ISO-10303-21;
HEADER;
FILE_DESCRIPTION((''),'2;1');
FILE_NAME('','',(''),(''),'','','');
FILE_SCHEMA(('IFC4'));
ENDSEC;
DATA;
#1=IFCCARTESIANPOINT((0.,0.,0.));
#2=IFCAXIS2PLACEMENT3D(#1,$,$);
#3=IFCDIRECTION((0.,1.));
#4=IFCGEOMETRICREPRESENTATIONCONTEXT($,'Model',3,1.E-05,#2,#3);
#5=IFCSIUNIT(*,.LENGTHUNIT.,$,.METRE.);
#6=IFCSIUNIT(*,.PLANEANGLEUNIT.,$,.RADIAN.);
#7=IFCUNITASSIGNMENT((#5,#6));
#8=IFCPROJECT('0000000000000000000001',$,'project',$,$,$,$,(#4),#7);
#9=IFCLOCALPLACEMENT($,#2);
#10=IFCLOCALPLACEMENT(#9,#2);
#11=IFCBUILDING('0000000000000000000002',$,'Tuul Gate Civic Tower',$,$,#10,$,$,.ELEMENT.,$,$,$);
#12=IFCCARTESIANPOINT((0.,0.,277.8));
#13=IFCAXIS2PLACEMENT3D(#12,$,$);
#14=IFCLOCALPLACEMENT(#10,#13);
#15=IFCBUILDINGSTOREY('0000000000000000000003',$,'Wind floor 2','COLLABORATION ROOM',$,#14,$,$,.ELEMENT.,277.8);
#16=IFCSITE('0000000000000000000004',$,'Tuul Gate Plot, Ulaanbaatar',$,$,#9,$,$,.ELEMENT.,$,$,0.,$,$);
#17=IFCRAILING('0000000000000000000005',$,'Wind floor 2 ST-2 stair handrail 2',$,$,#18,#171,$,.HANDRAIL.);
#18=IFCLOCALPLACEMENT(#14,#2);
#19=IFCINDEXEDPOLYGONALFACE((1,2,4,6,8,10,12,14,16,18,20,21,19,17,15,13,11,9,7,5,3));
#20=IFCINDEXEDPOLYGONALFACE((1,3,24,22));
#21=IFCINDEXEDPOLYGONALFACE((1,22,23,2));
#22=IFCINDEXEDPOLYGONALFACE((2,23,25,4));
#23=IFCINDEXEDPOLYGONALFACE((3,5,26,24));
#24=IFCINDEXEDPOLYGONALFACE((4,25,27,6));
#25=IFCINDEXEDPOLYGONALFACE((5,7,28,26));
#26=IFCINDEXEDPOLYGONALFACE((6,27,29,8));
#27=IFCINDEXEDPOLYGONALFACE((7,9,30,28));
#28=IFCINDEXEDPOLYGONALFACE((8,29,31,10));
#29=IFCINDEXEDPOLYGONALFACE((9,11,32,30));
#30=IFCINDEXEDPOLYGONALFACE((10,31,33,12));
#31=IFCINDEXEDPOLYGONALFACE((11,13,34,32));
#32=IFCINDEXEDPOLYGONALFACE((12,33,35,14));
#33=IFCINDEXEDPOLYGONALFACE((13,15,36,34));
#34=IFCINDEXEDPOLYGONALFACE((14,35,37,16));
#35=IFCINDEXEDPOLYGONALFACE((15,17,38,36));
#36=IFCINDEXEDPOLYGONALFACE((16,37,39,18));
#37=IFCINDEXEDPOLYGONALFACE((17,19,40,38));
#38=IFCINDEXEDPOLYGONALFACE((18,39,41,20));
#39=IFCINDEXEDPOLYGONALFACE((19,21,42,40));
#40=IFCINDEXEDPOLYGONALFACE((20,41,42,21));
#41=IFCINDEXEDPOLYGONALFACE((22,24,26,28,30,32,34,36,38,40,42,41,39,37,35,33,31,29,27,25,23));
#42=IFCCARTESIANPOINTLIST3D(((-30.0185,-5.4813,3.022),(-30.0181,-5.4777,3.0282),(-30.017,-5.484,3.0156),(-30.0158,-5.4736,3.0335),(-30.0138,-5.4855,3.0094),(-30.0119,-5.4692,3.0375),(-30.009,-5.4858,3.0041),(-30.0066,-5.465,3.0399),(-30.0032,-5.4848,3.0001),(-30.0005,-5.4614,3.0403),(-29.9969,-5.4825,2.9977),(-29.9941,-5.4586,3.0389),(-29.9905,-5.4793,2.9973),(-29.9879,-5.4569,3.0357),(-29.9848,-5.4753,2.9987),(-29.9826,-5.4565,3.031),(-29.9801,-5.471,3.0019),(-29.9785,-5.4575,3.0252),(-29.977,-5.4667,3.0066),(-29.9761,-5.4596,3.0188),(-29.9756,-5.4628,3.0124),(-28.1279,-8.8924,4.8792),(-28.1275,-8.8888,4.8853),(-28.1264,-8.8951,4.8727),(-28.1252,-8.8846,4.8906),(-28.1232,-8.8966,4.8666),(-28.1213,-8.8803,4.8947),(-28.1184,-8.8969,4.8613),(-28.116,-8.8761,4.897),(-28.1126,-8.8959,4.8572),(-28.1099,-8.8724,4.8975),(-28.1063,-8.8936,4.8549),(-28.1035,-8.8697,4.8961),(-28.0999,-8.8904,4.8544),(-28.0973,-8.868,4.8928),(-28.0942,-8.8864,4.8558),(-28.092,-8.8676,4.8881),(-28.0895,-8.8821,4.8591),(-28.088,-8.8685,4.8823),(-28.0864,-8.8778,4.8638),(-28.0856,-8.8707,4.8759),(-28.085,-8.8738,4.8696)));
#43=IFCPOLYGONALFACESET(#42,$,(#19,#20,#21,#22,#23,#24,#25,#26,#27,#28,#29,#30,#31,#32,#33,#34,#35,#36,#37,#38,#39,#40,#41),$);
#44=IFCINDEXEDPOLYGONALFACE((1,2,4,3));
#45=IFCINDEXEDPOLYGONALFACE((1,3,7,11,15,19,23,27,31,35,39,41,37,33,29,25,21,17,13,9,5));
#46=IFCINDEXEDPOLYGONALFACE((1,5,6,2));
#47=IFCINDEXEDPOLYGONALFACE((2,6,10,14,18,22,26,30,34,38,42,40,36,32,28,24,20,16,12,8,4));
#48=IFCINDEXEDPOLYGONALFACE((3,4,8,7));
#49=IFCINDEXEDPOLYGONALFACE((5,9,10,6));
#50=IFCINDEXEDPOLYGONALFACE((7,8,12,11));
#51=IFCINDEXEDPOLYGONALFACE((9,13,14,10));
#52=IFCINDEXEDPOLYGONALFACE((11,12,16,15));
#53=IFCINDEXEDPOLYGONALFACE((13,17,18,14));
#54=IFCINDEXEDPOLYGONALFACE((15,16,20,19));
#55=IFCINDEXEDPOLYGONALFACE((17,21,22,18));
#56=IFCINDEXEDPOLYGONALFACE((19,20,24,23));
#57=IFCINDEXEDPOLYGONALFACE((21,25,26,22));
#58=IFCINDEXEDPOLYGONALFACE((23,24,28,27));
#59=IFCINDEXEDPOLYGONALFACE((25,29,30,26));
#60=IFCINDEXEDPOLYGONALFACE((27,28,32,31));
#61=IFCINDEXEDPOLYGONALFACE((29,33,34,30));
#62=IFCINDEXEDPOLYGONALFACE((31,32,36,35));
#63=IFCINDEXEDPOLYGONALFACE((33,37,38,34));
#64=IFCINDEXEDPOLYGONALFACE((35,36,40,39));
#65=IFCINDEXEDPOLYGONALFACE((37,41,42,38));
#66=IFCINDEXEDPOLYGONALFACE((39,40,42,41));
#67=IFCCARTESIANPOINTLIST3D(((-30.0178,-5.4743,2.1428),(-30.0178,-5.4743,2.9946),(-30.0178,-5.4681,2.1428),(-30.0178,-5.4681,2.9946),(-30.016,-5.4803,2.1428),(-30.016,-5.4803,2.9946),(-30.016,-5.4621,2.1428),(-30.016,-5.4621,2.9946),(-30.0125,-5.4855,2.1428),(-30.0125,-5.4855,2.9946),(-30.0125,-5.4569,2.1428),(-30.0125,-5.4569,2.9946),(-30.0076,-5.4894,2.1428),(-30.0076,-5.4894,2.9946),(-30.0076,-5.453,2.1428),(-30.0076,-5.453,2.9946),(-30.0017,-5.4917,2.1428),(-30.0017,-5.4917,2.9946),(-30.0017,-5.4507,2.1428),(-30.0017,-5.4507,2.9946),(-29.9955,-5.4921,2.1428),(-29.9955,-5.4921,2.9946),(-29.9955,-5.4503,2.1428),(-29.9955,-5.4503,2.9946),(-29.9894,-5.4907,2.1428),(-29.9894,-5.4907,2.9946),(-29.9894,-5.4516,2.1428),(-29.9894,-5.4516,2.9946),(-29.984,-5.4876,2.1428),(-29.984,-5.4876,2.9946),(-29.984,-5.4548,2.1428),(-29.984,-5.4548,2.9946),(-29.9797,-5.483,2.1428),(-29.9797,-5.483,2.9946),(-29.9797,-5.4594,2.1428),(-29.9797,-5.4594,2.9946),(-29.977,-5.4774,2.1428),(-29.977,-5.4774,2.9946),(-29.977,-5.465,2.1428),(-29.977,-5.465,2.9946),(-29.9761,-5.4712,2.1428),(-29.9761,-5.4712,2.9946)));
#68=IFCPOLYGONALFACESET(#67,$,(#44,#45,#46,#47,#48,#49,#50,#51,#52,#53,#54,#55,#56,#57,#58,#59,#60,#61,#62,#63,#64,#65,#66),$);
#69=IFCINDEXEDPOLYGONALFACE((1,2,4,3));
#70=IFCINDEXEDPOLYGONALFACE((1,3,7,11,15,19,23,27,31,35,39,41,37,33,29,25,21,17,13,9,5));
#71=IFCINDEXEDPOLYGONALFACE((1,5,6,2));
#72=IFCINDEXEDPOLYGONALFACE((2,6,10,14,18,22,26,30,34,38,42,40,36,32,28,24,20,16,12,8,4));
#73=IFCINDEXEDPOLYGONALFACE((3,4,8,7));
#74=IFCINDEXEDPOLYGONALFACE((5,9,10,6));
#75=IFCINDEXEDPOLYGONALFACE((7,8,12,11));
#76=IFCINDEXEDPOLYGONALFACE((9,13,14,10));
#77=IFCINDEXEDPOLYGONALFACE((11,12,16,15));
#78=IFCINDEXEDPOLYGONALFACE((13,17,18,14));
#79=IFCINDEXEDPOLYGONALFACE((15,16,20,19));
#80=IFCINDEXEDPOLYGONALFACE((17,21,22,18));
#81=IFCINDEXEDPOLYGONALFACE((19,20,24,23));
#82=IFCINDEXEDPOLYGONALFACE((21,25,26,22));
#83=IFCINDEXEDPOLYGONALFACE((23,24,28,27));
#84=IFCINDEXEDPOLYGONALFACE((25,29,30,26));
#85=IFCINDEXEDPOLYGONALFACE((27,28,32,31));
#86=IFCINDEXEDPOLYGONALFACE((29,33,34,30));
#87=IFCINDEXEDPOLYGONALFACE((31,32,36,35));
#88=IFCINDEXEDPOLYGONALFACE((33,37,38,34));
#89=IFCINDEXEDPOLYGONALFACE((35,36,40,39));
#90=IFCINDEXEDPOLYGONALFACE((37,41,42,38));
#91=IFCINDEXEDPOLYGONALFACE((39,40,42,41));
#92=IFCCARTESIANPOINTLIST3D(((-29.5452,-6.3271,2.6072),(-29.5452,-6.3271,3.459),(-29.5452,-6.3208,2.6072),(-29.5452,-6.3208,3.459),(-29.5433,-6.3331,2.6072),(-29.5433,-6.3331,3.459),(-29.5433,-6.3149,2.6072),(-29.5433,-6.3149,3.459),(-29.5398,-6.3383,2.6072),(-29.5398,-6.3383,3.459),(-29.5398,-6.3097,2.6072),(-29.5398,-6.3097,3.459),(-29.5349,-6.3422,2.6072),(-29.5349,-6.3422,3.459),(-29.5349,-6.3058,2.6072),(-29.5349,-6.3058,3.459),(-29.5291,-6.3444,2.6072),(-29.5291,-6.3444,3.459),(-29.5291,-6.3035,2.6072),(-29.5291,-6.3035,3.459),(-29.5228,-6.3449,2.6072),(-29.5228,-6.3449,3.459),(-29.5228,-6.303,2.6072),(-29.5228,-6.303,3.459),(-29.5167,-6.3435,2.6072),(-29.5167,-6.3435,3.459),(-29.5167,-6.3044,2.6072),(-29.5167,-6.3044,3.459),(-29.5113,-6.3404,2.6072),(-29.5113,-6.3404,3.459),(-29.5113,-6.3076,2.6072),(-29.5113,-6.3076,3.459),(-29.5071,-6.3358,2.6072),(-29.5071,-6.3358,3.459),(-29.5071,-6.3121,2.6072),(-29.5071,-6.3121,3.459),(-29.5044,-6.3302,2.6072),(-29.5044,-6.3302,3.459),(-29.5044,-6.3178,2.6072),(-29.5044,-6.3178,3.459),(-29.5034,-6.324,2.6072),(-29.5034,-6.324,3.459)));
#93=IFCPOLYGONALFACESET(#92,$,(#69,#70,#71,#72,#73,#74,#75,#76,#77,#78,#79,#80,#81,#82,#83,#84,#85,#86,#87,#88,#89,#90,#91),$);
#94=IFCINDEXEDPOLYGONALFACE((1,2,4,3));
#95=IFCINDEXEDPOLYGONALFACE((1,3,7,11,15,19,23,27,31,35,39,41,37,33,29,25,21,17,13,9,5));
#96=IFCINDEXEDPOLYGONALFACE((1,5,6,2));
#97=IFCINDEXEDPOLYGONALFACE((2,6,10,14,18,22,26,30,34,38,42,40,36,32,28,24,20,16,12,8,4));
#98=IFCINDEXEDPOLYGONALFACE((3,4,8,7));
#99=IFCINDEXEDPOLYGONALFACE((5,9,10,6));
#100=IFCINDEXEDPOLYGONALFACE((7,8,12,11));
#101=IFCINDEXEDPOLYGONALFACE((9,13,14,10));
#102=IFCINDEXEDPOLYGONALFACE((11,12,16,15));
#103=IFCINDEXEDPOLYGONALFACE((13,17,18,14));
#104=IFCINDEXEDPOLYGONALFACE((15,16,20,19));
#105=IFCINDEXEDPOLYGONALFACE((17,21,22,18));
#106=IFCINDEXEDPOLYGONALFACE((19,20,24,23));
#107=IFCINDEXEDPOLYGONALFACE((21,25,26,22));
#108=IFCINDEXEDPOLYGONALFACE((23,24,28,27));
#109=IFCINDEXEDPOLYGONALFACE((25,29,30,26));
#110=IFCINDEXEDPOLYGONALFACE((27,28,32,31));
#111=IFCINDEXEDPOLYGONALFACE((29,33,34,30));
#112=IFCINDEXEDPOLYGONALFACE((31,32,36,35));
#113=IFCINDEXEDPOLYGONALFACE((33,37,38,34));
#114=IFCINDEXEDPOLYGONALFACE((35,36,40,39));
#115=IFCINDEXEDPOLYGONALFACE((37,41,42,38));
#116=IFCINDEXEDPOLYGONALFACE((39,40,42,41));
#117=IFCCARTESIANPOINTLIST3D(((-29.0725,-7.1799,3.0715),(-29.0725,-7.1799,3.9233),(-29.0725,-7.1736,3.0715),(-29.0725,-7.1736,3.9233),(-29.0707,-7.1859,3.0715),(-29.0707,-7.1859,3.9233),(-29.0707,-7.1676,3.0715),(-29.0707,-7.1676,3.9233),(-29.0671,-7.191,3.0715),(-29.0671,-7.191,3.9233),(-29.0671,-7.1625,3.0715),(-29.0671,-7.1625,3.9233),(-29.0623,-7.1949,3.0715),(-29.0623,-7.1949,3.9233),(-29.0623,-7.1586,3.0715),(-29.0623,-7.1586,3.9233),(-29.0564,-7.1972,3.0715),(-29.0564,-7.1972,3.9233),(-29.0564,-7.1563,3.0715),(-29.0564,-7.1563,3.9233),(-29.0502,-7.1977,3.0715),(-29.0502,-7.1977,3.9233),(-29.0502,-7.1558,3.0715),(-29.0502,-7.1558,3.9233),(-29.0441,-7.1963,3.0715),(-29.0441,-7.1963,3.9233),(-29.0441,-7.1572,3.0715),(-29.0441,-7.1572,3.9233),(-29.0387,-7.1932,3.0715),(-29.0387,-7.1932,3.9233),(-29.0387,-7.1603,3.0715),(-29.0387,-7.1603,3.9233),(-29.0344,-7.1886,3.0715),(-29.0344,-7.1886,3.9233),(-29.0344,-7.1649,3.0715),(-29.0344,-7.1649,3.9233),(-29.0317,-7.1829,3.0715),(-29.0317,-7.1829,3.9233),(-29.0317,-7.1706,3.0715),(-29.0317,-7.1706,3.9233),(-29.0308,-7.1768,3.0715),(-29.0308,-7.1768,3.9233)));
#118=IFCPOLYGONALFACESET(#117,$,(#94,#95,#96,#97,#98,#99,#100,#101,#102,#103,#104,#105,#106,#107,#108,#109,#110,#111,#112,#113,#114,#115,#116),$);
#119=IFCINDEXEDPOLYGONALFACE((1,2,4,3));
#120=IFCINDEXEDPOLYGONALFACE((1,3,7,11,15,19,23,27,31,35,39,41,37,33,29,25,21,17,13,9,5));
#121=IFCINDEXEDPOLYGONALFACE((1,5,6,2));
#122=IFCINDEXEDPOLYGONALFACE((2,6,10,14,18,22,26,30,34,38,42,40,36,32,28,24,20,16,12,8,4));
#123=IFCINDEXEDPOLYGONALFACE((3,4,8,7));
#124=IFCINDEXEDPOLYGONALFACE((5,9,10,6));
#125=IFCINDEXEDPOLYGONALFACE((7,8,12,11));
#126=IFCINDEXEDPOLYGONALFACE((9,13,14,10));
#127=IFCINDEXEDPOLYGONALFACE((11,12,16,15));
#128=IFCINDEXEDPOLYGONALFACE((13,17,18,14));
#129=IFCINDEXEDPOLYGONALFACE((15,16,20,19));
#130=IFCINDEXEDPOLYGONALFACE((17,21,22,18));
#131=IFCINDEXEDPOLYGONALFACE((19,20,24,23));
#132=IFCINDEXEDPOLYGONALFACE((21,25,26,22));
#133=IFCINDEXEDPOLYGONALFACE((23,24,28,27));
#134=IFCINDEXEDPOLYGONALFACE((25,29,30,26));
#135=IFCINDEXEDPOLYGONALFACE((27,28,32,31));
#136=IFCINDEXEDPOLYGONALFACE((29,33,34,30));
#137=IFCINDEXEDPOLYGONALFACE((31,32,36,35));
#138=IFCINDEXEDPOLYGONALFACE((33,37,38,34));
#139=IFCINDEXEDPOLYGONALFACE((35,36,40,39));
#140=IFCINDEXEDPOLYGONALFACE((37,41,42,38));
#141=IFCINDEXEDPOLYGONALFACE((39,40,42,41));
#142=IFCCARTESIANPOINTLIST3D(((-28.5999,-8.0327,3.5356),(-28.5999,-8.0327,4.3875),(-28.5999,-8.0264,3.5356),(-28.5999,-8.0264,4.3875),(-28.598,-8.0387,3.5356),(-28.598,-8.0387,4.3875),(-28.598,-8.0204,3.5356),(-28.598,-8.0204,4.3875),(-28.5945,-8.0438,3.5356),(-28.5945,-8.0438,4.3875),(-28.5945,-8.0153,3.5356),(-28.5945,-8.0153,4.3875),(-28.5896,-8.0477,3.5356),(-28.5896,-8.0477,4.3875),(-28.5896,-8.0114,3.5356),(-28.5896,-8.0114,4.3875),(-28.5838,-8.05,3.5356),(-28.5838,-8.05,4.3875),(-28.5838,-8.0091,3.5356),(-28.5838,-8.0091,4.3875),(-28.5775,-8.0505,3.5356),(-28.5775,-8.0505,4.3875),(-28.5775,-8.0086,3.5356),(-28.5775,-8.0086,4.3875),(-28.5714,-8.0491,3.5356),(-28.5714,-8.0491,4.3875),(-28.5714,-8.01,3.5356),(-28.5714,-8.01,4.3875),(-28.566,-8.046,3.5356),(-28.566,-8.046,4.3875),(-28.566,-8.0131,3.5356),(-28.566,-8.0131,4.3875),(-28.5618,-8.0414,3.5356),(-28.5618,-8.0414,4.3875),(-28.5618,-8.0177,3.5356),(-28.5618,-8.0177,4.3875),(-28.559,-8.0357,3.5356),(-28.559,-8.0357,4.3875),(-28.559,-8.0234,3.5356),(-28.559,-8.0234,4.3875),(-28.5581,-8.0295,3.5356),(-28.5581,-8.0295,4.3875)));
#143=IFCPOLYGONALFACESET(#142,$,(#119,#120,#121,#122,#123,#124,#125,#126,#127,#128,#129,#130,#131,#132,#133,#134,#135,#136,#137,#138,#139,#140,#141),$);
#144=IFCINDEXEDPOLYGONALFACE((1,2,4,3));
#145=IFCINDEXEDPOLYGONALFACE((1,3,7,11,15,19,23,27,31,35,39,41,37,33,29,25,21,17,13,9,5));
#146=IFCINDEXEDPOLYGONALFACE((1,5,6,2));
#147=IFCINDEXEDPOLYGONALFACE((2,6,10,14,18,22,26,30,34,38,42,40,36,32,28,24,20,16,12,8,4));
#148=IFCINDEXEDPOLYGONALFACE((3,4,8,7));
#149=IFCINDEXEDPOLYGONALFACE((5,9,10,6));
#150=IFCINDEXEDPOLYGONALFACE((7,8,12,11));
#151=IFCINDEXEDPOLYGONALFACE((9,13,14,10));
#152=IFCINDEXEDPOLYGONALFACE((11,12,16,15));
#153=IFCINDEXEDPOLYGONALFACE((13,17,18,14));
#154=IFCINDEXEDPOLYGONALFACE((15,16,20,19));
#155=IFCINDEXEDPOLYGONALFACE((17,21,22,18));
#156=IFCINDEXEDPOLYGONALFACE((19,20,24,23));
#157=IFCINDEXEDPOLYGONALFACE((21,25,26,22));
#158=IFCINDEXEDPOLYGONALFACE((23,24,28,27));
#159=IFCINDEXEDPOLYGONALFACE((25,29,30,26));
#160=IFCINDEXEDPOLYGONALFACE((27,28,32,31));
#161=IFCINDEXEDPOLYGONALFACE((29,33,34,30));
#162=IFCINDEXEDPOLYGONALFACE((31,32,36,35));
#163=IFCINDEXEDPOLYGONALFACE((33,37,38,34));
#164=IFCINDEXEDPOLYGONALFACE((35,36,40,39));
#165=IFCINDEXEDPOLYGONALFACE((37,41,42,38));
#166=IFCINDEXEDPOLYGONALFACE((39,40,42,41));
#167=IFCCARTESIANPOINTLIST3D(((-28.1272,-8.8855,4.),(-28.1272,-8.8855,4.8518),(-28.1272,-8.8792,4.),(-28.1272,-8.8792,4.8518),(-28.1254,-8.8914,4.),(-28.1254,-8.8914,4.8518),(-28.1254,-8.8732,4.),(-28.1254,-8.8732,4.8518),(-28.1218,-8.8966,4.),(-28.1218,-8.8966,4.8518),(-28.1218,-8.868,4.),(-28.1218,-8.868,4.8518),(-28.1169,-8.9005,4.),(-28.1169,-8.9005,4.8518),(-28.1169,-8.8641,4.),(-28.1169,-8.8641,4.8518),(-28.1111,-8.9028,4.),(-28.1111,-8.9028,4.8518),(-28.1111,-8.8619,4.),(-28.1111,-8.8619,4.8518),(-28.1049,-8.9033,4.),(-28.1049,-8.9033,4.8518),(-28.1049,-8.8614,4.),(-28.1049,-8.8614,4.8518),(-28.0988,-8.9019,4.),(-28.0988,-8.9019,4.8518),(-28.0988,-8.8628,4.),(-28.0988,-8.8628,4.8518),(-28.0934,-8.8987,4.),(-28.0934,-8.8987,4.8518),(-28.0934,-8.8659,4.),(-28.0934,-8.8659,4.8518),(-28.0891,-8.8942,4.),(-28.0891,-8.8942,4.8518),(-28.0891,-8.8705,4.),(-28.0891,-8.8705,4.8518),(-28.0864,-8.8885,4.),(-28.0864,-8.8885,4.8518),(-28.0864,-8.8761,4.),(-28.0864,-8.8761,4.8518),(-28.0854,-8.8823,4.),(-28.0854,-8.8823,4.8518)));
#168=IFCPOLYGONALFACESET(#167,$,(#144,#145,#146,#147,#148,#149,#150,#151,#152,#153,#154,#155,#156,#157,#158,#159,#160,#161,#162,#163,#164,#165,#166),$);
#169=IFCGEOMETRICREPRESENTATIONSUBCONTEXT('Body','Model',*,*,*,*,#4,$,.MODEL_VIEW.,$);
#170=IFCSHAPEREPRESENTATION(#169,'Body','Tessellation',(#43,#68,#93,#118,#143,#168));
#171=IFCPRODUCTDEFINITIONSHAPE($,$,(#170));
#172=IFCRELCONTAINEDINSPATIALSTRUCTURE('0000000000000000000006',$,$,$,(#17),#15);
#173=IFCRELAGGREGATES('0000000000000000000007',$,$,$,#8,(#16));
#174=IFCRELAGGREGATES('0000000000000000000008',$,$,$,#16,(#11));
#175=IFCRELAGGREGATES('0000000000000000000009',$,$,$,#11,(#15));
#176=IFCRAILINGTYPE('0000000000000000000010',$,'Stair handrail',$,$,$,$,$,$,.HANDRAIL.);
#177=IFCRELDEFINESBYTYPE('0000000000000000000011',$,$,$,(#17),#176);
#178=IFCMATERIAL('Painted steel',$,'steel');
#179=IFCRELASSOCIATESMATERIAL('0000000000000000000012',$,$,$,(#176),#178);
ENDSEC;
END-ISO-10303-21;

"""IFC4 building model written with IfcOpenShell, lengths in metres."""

from ifc_helpers import new_model, si_unit, direction, frame, origin, origin_2d, place, context, subcontext, project, spatial, circle, extrude, material, type_object, element, save


model = new_model("IFC4")

# Units and contexts
model_context = context("Model", 3, precision=1e-05, world=origin(), true_north=direction((0.0, 1.0)))
body_context = subcontext(model_context, "Body", "Model", "MODEL_VIEW")
ifc_project = project(units=[si_unit("LENGTHUNIT", "METRE"), si_unit("PLANEANGLEUNIT", "RADIAN")], contexts=[model_context])

# Site, building, storey
site_placement = place(None, origin())
site = spatial("IfcSite", under=ifc_project, at=site_placement, Name="Tuul Gate Plot, Ulaanbaatar", CompositionType="ELEMENT", RefElevation=0.0)
building_placement = place(site_placement, origin())
building = spatial("IfcBuilding", under=site, at=building_placement, Name="Tuul Gate Civic Tower", CompositionType="ELEMENT")
storey_placement = place(building_placement, frame((0.0, 0.0, 277.8)))
storey = spatial("IfcBuildingStorey", under=building, at=storey_placement, Name="Wind floor 2", Description="COLLABORATION ROOM", CompositionType="ELEMENT", Elevation=277.8)

# Railing
ifc_material_1 = material(Name="Painted steel", Category="steel")
railing_type = type_object("IfcRailingType", Name="Stair handrail", PredefinedType="HANDRAIL", material=ifc_material_1)
railing_1_placement = place(storey_placement, frame((-29.9971, -5.4712, 2.1428)))
element("IfcRailing", 1, at=railing_1_placement, inside=storey, type_object=railing_type, Name="Wind floor 2 ST-2 stair handrail 2", PredefinedType="HANDRAIL", context=body_context, shape_type="SweptSolid", body=[
    extrude(circle(Radius=0.0239, at=origin_2d()), frame((0.0, 0.0, 0.876), z_axis=(0.43768, -0.789678, 0.429937), x_axis=(0.874641, 0.484771, 0.0)), (0.0, 0.0, 1.0), 4.3196),
    extrude(circle(Radius=0.021, at=origin_2d()), origin(), (0.0, 0.0, 1.0), 0.8518),
    extrude(circle(Radius=0.021, at=origin_2d()), frame((0.4727, -0.8528, 0.4644)), (0.0, 0.0, 1.0), 0.8518),
    extrude(circle(Radius=0.021, at=origin_2d()), frame((0.9453, -1.7056, 0.9287)), (0.0, 0.0, 1.0), 0.8518),
    extrude(circle(Radius=0.021, at=origin_2d()), frame((1.418, -2.5583, 1.3928)), (0.0, 0.0, 1.0), 0.8518),
    extrude(circle(Radius=0.021, at=origin_2d()), frame((1.8906, -3.4111, 1.8572)), (0.0, 0.0, 1.0), 0.8518),
])

save(model, "model.ifc")
